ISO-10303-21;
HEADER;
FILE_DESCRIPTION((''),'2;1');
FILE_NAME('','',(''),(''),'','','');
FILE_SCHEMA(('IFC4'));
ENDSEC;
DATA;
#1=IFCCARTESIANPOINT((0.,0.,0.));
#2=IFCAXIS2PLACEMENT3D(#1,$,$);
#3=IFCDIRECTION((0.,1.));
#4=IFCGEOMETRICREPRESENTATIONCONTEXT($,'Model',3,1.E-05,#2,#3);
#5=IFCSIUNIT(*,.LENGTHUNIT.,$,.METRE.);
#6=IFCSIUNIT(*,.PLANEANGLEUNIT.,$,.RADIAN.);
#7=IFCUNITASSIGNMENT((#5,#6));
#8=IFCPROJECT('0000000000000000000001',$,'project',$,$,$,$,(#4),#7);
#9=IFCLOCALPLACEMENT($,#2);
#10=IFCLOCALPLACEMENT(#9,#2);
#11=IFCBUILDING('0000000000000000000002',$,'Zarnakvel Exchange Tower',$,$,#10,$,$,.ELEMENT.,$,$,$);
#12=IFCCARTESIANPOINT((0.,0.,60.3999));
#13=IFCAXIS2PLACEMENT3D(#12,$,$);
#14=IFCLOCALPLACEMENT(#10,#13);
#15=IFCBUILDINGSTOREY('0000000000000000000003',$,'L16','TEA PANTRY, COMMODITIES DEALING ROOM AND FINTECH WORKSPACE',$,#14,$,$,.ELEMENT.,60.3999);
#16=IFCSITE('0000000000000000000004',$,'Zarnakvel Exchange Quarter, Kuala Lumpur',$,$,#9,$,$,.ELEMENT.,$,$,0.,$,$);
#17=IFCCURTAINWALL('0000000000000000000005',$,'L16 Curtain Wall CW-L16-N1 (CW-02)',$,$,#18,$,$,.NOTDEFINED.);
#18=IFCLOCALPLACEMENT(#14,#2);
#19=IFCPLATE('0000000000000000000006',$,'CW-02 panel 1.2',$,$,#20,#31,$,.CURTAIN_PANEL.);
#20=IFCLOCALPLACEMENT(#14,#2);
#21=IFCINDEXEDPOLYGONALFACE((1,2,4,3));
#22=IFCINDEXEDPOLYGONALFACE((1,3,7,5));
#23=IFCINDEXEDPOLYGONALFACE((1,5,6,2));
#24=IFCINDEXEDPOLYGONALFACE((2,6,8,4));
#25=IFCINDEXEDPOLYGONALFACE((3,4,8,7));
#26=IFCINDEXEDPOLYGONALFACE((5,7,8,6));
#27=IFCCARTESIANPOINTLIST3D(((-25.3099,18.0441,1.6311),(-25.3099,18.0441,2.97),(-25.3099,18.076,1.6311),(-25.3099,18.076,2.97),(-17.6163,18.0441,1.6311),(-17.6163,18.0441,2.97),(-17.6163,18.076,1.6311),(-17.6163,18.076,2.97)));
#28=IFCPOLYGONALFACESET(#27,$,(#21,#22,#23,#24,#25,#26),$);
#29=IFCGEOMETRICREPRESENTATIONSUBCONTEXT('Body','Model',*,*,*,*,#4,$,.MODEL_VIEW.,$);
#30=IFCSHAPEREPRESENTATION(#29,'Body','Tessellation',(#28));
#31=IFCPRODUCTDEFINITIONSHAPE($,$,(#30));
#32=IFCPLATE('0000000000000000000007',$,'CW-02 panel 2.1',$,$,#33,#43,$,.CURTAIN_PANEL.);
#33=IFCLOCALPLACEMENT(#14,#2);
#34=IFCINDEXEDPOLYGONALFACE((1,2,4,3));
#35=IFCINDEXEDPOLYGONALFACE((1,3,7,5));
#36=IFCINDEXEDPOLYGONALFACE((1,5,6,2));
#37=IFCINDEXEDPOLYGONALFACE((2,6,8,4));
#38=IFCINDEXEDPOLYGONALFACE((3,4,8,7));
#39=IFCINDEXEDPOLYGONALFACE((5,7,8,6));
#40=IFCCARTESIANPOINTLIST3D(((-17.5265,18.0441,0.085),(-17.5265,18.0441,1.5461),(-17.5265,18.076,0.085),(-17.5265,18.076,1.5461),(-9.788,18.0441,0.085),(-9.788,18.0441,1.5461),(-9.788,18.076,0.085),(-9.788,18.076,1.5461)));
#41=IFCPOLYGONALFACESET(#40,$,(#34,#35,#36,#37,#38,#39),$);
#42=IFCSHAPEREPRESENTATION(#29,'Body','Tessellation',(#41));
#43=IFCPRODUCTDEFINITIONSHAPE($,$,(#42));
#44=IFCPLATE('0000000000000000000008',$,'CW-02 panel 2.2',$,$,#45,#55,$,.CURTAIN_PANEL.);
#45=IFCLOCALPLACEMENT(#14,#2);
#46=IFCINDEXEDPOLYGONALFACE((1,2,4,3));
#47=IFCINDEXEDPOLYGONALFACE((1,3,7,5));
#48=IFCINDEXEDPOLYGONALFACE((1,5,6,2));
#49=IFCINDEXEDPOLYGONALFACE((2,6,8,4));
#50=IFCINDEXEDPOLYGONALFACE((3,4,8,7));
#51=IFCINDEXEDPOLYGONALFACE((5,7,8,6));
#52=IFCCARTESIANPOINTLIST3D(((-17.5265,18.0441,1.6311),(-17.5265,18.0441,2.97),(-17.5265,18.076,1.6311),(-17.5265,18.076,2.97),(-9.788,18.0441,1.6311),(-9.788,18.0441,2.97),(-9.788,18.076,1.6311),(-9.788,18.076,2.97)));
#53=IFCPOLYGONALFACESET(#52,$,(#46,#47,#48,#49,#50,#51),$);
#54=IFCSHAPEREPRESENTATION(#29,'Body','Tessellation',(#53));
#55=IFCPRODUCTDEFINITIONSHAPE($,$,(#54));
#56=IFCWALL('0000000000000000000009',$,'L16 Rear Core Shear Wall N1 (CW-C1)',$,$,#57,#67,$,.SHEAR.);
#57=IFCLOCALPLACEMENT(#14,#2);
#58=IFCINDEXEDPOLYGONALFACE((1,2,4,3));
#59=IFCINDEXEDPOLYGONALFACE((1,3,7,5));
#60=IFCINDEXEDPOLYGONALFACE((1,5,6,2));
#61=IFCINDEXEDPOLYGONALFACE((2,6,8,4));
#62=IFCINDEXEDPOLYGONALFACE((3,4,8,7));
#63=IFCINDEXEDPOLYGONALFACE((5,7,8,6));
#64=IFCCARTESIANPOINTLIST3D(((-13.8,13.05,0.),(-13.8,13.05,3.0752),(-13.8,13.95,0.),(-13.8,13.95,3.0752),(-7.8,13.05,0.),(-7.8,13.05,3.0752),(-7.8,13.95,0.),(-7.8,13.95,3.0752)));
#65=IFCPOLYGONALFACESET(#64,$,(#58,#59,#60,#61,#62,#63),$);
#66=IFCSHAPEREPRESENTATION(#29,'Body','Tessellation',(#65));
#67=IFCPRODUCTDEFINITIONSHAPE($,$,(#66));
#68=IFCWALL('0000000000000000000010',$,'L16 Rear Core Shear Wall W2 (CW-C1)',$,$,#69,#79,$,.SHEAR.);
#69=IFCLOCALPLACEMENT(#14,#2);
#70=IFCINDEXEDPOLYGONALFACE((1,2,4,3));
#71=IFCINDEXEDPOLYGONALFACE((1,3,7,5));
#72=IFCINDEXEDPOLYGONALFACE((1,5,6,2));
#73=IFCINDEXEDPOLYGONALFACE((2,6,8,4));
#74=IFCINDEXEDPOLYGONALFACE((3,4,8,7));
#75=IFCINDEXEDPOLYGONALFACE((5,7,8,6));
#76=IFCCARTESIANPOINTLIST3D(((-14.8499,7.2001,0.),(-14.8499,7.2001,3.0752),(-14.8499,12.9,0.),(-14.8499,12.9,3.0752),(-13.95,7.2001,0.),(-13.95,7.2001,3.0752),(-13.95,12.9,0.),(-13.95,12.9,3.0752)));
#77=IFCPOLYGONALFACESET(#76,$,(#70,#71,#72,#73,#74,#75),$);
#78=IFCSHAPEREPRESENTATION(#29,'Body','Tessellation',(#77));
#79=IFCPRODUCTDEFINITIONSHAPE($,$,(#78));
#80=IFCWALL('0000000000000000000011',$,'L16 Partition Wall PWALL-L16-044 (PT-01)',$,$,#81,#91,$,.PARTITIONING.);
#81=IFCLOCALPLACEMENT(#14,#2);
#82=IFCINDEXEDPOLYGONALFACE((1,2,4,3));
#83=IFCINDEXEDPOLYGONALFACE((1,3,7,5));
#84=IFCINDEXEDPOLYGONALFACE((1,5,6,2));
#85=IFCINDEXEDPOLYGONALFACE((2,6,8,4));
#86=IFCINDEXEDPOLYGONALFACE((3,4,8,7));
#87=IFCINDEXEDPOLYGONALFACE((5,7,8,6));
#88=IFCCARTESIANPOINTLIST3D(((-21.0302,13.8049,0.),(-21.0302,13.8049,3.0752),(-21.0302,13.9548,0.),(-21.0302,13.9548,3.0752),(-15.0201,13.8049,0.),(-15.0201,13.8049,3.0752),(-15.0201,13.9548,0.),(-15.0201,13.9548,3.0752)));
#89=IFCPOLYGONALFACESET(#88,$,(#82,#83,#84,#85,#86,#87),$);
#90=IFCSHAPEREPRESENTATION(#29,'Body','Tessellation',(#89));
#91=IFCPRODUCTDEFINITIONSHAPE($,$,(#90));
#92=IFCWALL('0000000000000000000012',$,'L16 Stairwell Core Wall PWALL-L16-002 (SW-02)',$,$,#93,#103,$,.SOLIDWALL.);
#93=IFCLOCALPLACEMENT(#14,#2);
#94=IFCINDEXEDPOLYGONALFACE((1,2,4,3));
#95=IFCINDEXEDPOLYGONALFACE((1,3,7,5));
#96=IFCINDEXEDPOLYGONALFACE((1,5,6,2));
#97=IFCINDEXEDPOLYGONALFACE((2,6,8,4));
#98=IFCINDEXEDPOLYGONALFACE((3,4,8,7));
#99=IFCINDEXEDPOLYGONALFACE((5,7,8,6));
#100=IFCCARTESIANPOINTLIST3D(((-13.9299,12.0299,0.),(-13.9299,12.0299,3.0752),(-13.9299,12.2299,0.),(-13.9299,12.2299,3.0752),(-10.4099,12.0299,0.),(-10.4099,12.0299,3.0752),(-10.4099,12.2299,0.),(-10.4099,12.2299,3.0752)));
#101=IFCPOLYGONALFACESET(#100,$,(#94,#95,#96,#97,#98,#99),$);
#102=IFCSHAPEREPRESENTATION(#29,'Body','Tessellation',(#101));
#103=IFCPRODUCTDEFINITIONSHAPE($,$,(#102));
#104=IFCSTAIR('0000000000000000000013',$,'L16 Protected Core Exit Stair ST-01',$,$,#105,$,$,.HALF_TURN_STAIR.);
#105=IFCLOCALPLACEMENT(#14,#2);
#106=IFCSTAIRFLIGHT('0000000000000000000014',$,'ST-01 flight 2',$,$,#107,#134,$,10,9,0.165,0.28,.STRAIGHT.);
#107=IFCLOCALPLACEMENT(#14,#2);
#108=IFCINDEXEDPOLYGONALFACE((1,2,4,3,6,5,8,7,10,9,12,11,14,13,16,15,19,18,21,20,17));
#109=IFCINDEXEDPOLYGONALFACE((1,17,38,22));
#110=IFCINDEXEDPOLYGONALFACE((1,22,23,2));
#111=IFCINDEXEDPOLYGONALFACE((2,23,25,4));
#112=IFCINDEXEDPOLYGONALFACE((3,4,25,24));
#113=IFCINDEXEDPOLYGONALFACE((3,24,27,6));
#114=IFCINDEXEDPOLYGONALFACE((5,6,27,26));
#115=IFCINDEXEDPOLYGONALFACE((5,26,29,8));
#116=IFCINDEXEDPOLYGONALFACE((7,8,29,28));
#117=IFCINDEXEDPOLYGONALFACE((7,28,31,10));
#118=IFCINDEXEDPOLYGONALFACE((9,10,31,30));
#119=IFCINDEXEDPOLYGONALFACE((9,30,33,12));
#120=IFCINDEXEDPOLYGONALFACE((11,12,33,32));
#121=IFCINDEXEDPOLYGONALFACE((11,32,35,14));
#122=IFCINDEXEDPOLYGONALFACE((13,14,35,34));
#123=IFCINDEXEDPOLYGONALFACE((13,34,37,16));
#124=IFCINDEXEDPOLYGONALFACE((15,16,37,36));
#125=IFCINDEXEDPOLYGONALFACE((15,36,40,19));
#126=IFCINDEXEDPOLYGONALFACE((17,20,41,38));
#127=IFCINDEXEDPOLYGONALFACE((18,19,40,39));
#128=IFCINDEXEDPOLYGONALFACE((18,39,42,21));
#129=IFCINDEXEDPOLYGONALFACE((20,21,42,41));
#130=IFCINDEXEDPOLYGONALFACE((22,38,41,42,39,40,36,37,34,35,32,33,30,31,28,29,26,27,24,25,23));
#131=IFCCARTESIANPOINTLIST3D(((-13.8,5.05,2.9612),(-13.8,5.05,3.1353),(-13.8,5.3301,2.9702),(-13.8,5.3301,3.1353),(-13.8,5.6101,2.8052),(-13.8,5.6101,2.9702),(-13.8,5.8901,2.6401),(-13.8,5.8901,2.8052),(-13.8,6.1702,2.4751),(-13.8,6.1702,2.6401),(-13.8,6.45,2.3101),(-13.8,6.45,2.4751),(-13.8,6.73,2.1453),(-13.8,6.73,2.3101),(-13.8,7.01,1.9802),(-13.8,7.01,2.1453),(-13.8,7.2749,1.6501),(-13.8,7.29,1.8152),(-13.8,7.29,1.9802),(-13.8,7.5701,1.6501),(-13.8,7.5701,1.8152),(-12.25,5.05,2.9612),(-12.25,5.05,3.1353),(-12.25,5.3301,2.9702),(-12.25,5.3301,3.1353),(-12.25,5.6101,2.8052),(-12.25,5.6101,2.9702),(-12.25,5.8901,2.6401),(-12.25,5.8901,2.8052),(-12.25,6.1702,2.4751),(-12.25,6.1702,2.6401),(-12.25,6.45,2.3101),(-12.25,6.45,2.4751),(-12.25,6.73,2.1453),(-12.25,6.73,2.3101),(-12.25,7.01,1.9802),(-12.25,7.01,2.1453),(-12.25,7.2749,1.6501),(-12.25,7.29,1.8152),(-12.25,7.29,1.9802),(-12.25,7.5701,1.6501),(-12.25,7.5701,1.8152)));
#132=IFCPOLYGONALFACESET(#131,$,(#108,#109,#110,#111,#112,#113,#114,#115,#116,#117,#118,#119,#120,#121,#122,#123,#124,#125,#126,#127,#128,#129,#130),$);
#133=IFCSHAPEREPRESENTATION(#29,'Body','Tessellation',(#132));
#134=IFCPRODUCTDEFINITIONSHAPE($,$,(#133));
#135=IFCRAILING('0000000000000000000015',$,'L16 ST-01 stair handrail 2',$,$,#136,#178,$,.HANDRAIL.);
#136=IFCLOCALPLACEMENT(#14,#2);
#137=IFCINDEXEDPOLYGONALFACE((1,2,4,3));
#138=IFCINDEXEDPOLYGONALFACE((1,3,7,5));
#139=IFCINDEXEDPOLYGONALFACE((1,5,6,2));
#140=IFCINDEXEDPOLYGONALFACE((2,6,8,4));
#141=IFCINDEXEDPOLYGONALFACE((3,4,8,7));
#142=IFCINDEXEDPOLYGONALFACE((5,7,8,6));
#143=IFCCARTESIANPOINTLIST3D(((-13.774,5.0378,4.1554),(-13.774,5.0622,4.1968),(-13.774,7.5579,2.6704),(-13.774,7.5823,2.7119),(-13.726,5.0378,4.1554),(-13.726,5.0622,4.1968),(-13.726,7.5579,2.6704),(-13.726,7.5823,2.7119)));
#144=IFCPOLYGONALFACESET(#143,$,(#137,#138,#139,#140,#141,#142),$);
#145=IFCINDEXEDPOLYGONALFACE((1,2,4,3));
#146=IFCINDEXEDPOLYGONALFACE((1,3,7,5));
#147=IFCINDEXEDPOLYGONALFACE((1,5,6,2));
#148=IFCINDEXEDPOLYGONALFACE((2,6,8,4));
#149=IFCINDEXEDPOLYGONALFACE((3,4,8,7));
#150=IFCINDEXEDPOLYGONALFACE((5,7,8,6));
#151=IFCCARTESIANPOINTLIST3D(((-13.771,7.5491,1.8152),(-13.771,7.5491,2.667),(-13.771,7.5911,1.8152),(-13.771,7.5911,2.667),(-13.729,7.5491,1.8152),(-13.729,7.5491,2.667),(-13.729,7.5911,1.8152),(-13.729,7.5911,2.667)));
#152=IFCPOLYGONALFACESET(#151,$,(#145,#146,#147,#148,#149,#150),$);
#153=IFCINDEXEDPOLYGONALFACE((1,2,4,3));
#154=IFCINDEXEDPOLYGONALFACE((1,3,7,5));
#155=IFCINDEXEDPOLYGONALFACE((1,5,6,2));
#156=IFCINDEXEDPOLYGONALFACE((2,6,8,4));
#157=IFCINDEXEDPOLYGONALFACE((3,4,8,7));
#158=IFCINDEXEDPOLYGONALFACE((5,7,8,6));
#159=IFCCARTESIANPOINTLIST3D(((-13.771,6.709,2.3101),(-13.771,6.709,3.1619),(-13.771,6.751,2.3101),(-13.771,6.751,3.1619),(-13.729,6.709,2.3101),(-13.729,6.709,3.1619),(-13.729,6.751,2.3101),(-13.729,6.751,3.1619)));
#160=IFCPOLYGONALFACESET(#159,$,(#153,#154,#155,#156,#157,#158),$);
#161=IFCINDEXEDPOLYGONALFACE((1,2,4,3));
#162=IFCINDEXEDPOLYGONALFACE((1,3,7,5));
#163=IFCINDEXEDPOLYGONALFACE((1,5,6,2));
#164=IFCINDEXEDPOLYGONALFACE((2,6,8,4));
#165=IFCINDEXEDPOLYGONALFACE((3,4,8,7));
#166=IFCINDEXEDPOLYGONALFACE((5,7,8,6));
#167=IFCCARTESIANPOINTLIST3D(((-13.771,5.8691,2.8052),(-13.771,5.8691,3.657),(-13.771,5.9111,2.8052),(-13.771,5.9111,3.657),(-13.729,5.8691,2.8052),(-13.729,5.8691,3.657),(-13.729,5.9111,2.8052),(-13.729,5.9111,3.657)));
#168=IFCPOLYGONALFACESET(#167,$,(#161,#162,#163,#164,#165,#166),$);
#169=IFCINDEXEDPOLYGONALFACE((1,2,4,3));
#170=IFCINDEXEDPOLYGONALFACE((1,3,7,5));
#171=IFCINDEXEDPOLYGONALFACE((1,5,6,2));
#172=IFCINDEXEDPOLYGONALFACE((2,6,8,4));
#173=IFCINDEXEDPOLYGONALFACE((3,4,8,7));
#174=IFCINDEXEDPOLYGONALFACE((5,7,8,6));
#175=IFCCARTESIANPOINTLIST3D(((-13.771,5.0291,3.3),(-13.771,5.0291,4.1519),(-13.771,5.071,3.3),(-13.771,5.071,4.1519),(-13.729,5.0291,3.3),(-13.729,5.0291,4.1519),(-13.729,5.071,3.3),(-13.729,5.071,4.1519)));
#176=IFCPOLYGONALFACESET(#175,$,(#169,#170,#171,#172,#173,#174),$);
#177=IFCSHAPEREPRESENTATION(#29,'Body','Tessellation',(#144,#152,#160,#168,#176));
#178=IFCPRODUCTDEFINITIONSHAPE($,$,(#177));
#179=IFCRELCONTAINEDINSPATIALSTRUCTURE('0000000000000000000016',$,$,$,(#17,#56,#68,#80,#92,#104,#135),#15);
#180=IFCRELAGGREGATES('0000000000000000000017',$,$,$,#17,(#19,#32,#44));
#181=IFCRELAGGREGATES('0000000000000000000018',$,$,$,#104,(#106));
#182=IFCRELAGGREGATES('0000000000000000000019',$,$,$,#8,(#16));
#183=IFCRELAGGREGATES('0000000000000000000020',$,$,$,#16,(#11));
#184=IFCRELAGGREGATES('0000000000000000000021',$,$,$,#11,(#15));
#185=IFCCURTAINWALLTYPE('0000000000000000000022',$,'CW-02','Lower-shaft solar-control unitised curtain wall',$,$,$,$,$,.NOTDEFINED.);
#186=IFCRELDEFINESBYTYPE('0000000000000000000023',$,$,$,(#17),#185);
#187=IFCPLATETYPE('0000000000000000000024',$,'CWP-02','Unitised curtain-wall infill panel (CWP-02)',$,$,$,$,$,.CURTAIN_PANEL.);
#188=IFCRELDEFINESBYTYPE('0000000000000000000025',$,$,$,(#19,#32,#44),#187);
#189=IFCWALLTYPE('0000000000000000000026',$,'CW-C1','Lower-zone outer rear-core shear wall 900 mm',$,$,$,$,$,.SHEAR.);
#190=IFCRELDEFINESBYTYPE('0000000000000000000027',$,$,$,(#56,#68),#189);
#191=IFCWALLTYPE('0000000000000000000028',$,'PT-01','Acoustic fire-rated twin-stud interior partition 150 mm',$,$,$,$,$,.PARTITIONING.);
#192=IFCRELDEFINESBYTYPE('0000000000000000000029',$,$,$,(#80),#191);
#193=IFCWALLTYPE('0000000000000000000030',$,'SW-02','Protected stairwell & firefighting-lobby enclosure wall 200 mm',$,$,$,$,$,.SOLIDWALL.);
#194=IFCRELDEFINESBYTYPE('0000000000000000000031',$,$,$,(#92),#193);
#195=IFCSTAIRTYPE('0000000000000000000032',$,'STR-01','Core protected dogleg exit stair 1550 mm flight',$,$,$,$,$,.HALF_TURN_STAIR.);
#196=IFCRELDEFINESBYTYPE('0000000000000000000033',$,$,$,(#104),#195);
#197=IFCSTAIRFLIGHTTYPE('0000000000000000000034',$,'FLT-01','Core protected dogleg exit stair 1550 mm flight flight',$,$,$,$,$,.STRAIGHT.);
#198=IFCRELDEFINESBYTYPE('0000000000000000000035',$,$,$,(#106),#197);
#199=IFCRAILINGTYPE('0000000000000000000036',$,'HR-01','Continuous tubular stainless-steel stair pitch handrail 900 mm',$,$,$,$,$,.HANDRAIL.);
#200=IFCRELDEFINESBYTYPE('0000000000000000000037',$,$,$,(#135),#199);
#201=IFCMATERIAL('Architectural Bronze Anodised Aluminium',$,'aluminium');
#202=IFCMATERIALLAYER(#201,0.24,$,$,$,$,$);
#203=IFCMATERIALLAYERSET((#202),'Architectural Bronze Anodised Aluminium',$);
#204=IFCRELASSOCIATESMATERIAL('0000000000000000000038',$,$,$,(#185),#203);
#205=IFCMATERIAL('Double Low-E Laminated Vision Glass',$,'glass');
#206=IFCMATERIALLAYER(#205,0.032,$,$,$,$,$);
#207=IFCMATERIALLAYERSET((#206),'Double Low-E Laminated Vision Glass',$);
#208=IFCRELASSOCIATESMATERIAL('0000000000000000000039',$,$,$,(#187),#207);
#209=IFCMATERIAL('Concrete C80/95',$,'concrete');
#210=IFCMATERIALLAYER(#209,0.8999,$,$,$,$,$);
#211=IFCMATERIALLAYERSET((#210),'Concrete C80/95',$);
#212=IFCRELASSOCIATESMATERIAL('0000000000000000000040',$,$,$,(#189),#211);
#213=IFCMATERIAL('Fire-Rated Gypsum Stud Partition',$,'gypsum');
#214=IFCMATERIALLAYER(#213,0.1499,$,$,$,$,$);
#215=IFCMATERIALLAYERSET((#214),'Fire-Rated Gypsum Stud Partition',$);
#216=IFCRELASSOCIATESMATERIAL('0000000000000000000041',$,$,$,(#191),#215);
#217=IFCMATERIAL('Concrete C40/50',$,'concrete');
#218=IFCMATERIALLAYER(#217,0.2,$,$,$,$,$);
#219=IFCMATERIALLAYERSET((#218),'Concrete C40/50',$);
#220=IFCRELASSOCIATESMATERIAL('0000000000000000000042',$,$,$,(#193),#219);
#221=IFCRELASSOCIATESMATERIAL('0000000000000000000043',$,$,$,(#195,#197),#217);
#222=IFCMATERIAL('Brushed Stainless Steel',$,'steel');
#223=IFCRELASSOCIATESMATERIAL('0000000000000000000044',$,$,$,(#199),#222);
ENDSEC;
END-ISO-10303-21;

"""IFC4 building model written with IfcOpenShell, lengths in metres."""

from ifc_helpers import new_model, si_unit, direction, frame, frame_2d, origin, origin_2d, place, context, subcontext, project, spatial, polyline, rectangle, outline, extrude, source, transform, mapped, material, layer, layer_set, type_object, element, aggregate, save


model = new_model("IFC4")

# Units and contexts
model_context = context("Model", 3, precision=1e-05, world=origin(), true_north=direction((0.0, 1.0)))
body_context = subcontext(model_context, "Body", "Model", "MODEL_VIEW")
ifc_project = project(units=[si_unit("LENGTHUNIT", "METRE"), si_unit("PLANEANGLEUNIT", "RADIAN")], contexts=[model_context])

# Site, building, storey
site_placement = place(None, origin())
site = spatial("IfcSite", under=ifc_project, at=site_placement, Name="Zarnakvel Exchange Quarter, Kuala Lumpur", CompositionType="ELEMENT", RefElevation=0.0)
building_placement = place(site_placement, origin())
building = spatial("IfcBuilding", under=site, at=building_placement, Name="Zarnakvel Exchange Tower", CompositionType="ELEMENT")
storey_placement = place(building_placement, frame((0.0, 0.0, 60.3999)))
storey = spatial("IfcBuildingStorey", under=building, at=storey_placement, Name="L16", Description="TEA PANTRY, COMMODITIES DEALING ROOM AND FINTECH WORKSPACE", CompositionType="ELEMENT", Elevation=60.3999)

# Shared definitions
ifc_material_1 = material(Name="Concrete C80/95", Category="concrete")

# Curtain wall, plates
ifc_material_2 = material(Name="Architectural Bronze Anodised Aluminium", Category="aluminium")
ifc_layer_1 = layer(ifc_material_2, 0.24)
ifc_layer_set_1 = layer_set([ifc_layer_1], Name="Architectural Bronze Anodised Aluminium")
curtain_wall_type = type_object("IfcCurtainWallType", Name="CW-02", Description="Lower-shaft solar-control unitised curtain wall", PredefinedType="NOTDEFINED", material=ifc_layer_set_1)
curtain_wall_placement = place(storey_placement, origin())
curtain_wall = element("IfcCurtainWall", 1, at=curtain_wall_placement, inside=storey, type_object=curtain_wall_type, Name="L16 Curtain Wall CW-L16-N1 (CW-02)", PredefinedType="NOTDEFINED")
ifc_material_3 = material(Name="Double Low-E Laminated Vision Glass", Category="glass")
ifc_layer_2 = layer(ifc_material_3, 0.032)
ifc_layer_set_2 = layer_set([ifc_layer_2], Name="Double Low-E Laminated Vision Glass")
plate_type = type_object("IfcPlateType", Name="CWP-02", Description="Unitised curtain-wall infill panel (CWP-02)", PredefinedType="CURTAIN_PANEL", material=ifc_layer_set_2)
shared_shape_1 = source(origin(), body_context, "Body", "SweptSolid", [
    extrude(rectangle(XDim=7.6936, YDim=0.032, at=origin_2d()), origin(), (0.0, 0.0, 1.0), 1.3389),
])
plate_1_placement = place(storey_placement, frame((-21.4631, 18.0601, 1.6311), z_axis=(0.0, 0.0, 1.0), x_axis=(1.0, 0.0, 0.0)))
plate_1 = element("IfcPlate", 2, at=plate_1_placement, type_object=plate_type, Name="CW-02 panel 1.2", PredefinedType="CURTAIN_PANEL", context=body_context, shape_type="MappedRepresentation", body=[
    mapped(shared_shape_1, transform((0.0, 0.0, 0.0), x_axis=(1.0, 0.0, 0.0), y_axis=(0.0, 1.0, 0.0), z_axis=(0.0, 0.0, 1.0), scale=1.0)),
])
shared_shape_2 = source(origin(), body_context, "Body", "SweptSolid", [
    extrude(rectangle(XDim=7.7385, YDim=0.032, at=origin_2d()), origin(), (0.0, 0.0, 1.0), 1.4612),
])
plate_2_placement = place(storey_placement, frame((-13.6572, 18.0601, 0.085), z_axis=(0.0, 0.0, 1.0), x_axis=(1.0, 0.0, 0.0)))
plate_2 = element("IfcPlate", 3, at=plate_2_placement, type_object=plate_type, Name="CW-02 panel 2.1", PredefinedType="CURTAIN_PANEL", context=body_context, shape_type="MappedRepresentation", body=[
    mapped(shared_shape_2, transform((0.0, 0.0, 0.0), x_axis=(1.0, 0.0, 0.0), y_axis=(0.0, 1.0, 0.0), z_axis=(0.0, 0.0, 1.0), scale=1.0)),
])
shared_shape_3 = source(origin(), body_context, "Body", "SweptSolid", [
    extrude(rectangle(XDim=7.7385, YDim=0.032, at=origin_2d()), origin(), (0.0, 0.0, 1.0), 1.3389),
])
plate_3_placement = place(storey_placement, frame((-13.6572, 18.0601, 1.6311), z_axis=(0.0, 0.0, 1.0), x_axis=(1.0, 0.0, 0.0)))
plate_3 = element("IfcPlate", 4, at=plate_3_placement, type_object=plate_type, Name="CW-02 panel 2.2", PredefinedType="CURTAIN_PANEL", context=body_context, shape_type="MappedRepresentation", body=[
    mapped(shared_shape_3, transform((0.0, 0.0, 0.0), x_axis=(1.0, 0.0, 0.0), y_axis=(0.0, 1.0, 0.0), z_axis=(0.0, 0.0, 1.0), scale=1.0)),
])
aggregate(curtain_wall, [plate_1, plate_2, plate_3])

# Walls
ifc_layer_3 = layer(ifc_material_1, 0.8999)
ifc_layer_set_3 = layer_set([ifc_layer_3], Name="Concrete C80/95")
wall_type_1 = type_object("IfcWallType", Name="CW-C1", Description="Lower-zone outer rear-core shear wall 900 mm", PredefinedType="SHEAR", material=ifc_layer_set_3)
wall_1_placement = place(storey_placement, frame((-13.8, 13.5, 0.0), z_axis=(0.0, 0.0, 1.0), x_axis=(1.0, 0.0, 0.0)))
element("IfcWall", 5, at=wall_1_placement, inside=storey, type_object=wall_type_1, Name="L16 Rear Core Shear Wall N1 (CW-C1)", PredefinedType="SHEAR", context=body_context, shape_type="SweptSolid", body=[
    extrude(rectangle(XDim=6.0, YDim=0.8999, at=frame_2d((3.0, 0.0))), origin(), (0.0, 0.0, 1.0), 3.0752),
])
wall_2_placement = place(storey_placement, frame((-14.3999, 7.2, 0.0), z_axis=(0.0, 0.0, 1.0), x_axis=(0.0, 1.0, 0.0)))
element("IfcWall", 6, at=wall_2_placement, inside=storey, type_object=wall_type_1, Name="L16 Rear Core Shear Wall W2 (CW-C1)", PredefinedType="SHEAR", context=body_context, shape_type="SweptSolid", body=[
    extrude(rectangle(XDim=5.7, YDim=0.8999, at=frame_2d((2.8501, 0.0))), origin(), (0.0, 0.0, 1.0), 3.0752),
])
ifc_material_4 = material(Name="Fire-Rated Gypsum Stud Partition", Category="gypsum")
ifc_layer_4 = layer(ifc_material_4, 0.1499)
ifc_layer_set_4 = layer_set([ifc_layer_4], Name="Fire-Rated Gypsum Stud Partition")
wall_type_2 = type_object("IfcWallType", Name="PT-01", Description="Acoustic fire-rated twin-stud interior partition 150 mm", PredefinedType="PARTITIONING", material=ifc_layer_set_4)
wall_3_placement = place(storey_placement, frame((-21.03, 13.8799, 0.0), z_axis=(0.0, 0.0, 1.0), x_axis=(1.0, 0.0, 0.0)))
element("IfcWall", 7, at=wall_3_placement, inside=storey, type_object=wall_type_2, Name="L16 Partition Wall PWALL-L16-044 (PT-01)", PredefinedType="PARTITIONING", context=body_context, shape_type="SweptSolid", body=[
    extrude(rectangle(XDim=6.01, YDim=0.1499, at=frame_2d((3.0049, 0.0))), origin(), (0.0, 0.0, 1.0), 3.0752),
])
ifc_material_5 = material(Name="Concrete C40/50", Category="concrete")
ifc_layer_5 = layer(ifc_material_5, 0.2)
ifc_layer_set_5 = layer_set([ifc_layer_5], Name="Concrete C40/50")
wall_type_3 = type_object("IfcWallType", Name="SW-02", Description="Protected stairwell & firefighting-lobby enclosure wall 200 mm", PredefinedType="SOLIDWALL", material=ifc_layer_set_5)
wall_4_placement = place(storey_placement, frame((-13.9299, 12.1299, 0.0), z_axis=(0.0, 0.0, 1.0), x_axis=(1.0, 0.0, 0.0)))
element("IfcWall", 8, at=wall_4_placement, inside=storey, type_object=wall_type_3, Name="L16 Stairwell Core Wall PWALL-L16-002 (SW-02)", PredefinedType="SOLIDWALL", context=body_context, shape_type="SweptSolid", body=[
    extrude(rectangle(XDim=3.52, YDim=0.2, at=frame_2d((1.76, 0.0))), origin(), (0.0, 0.0, 1.0), 3.0752),
])

# Stair, stair flight
stair_type = type_object("IfcStairType", Name="STR-01", Description="Core protected dogleg exit stair 1550 mm flight", PredefinedType="HALF_TURN_STAIR", material=ifc_material_5)
stair_placement = place(storey_placement, origin())
stair = element("IfcStair", 9, at=stair_placement, inside=storey, type_object=stair_type, Name="L16 Protected Core Exit Stair ST-01", PredefinedType="HALF_TURN_STAIR")
stair_flight_type = type_object("IfcStairFlightType", Name="FLT-01", Description="Core protected dogleg exit stair 1550 mm flight flight", PredefinedType="STRAIGHT", material=ifc_material_5)
stair_flight_placement = place(storey_placement, frame((-13.0249, 7.5701, 1.6501), z_axis=(0.0, 0.0, 1.0), x_axis=(0.0, -1.0, 0.0)))
stair_flight = element("IfcStairFlight", 10, at=stair_flight_placement, type_object=stair_flight_type, Name="ST-01 flight 2", NumberOfRisers=10, NumberOfTreads=9, PredefinedType="STRAIGHT", RiserHeight=0.165, TreadLength=0.28, context=body_context, shape_type="SweptSolid", body=[
    extrude(outline(polyline([(0.0, 0.0), (0.0, 0.165), (0.28, 0.165), (0.28, 0.3301), (0.5601, 0.3301), (0.5601, 0.4951), (0.8401, 0.4951), (0.8401, 0.6599), (1.1201, 0.6599), (1.1201, 0.825), (1.3999, 0.825), (1.3999, 0.99), (1.6799, 0.99), (1.6799, 1.155), (1.96, 1.155), (1.96, 1.3201), (2.24, 1.3201), (2.24, 1.4851), (2.52, 1.4851), (2.52, 1.6499), (2.52, 1.311), (0.2952, 0.0), (0.0, 0.0)])), frame((0.0, 0.7749, 0.0), z_axis=(0.0, -1.0, 0.0), x_axis=(1.0, 0.0, 0.0)), (0.0, 0.0, 1.0), 1.55),
])
aggregate(stair, [stair_flight])

# Railing
ifc_material_6 = material(Name="Brushed Stainless Steel", Category="steel")
railing_type_1 = type_object("IfcRailingType", Name="HR-01", Description="Continuous tubular stainless-steel stair pitch handrail 900 mm", PredefinedType="HANDRAIL", material=ifc_material_6)
railing_1_placement = place(storey_placement, frame((-13.75, 7.5701, 1.8152)))
element("IfcRailing", 11, at=railing_1_placement, inside=storey, type_object=railing_type_1, Name="L16 ST-01 stair handrail 2", PredefinedType="HANDRAIL", context=body_context, shape_type="SweptSolid", body=[
    extrude(rectangle(XDim=0.0481, YDim=0.0481, at=origin_2d()), frame((0.0, 0.0, 0.876), z_axis=(0.0, -0.861561, 0.507655), x_axis=(1.0, 0.0, 0.0)), (0.0, 0.0, 1.0), 2.925),
    extrude(rectangle(XDim=0.042, YDim=0.042, at=origin_2d()), origin(), (0.0, 0.0, 1.0), 0.8518),
    extrude(rectangle(XDim=0.042, YDim=0.042, at=origin_2d()), frame((0.0, -0.8401, 0.4949)), (0.0, 0.0, 1.0), 0.8518),
    extrude(rectangle(XDim=0.042, YDim=0.042, at=origin_2d()), frame((0.0, -1.6799, 0.99)), (0.0, 0.0, 1.0), 0.8518),
    extrude(rectangle(XDim=0.042, YDim=0.042, at=origin_2d()), frame((0.0, -2.52, 1.4849)), (0.0, 0.0, 1.0), 0.8518),
])

save(model, "model.ifc")
